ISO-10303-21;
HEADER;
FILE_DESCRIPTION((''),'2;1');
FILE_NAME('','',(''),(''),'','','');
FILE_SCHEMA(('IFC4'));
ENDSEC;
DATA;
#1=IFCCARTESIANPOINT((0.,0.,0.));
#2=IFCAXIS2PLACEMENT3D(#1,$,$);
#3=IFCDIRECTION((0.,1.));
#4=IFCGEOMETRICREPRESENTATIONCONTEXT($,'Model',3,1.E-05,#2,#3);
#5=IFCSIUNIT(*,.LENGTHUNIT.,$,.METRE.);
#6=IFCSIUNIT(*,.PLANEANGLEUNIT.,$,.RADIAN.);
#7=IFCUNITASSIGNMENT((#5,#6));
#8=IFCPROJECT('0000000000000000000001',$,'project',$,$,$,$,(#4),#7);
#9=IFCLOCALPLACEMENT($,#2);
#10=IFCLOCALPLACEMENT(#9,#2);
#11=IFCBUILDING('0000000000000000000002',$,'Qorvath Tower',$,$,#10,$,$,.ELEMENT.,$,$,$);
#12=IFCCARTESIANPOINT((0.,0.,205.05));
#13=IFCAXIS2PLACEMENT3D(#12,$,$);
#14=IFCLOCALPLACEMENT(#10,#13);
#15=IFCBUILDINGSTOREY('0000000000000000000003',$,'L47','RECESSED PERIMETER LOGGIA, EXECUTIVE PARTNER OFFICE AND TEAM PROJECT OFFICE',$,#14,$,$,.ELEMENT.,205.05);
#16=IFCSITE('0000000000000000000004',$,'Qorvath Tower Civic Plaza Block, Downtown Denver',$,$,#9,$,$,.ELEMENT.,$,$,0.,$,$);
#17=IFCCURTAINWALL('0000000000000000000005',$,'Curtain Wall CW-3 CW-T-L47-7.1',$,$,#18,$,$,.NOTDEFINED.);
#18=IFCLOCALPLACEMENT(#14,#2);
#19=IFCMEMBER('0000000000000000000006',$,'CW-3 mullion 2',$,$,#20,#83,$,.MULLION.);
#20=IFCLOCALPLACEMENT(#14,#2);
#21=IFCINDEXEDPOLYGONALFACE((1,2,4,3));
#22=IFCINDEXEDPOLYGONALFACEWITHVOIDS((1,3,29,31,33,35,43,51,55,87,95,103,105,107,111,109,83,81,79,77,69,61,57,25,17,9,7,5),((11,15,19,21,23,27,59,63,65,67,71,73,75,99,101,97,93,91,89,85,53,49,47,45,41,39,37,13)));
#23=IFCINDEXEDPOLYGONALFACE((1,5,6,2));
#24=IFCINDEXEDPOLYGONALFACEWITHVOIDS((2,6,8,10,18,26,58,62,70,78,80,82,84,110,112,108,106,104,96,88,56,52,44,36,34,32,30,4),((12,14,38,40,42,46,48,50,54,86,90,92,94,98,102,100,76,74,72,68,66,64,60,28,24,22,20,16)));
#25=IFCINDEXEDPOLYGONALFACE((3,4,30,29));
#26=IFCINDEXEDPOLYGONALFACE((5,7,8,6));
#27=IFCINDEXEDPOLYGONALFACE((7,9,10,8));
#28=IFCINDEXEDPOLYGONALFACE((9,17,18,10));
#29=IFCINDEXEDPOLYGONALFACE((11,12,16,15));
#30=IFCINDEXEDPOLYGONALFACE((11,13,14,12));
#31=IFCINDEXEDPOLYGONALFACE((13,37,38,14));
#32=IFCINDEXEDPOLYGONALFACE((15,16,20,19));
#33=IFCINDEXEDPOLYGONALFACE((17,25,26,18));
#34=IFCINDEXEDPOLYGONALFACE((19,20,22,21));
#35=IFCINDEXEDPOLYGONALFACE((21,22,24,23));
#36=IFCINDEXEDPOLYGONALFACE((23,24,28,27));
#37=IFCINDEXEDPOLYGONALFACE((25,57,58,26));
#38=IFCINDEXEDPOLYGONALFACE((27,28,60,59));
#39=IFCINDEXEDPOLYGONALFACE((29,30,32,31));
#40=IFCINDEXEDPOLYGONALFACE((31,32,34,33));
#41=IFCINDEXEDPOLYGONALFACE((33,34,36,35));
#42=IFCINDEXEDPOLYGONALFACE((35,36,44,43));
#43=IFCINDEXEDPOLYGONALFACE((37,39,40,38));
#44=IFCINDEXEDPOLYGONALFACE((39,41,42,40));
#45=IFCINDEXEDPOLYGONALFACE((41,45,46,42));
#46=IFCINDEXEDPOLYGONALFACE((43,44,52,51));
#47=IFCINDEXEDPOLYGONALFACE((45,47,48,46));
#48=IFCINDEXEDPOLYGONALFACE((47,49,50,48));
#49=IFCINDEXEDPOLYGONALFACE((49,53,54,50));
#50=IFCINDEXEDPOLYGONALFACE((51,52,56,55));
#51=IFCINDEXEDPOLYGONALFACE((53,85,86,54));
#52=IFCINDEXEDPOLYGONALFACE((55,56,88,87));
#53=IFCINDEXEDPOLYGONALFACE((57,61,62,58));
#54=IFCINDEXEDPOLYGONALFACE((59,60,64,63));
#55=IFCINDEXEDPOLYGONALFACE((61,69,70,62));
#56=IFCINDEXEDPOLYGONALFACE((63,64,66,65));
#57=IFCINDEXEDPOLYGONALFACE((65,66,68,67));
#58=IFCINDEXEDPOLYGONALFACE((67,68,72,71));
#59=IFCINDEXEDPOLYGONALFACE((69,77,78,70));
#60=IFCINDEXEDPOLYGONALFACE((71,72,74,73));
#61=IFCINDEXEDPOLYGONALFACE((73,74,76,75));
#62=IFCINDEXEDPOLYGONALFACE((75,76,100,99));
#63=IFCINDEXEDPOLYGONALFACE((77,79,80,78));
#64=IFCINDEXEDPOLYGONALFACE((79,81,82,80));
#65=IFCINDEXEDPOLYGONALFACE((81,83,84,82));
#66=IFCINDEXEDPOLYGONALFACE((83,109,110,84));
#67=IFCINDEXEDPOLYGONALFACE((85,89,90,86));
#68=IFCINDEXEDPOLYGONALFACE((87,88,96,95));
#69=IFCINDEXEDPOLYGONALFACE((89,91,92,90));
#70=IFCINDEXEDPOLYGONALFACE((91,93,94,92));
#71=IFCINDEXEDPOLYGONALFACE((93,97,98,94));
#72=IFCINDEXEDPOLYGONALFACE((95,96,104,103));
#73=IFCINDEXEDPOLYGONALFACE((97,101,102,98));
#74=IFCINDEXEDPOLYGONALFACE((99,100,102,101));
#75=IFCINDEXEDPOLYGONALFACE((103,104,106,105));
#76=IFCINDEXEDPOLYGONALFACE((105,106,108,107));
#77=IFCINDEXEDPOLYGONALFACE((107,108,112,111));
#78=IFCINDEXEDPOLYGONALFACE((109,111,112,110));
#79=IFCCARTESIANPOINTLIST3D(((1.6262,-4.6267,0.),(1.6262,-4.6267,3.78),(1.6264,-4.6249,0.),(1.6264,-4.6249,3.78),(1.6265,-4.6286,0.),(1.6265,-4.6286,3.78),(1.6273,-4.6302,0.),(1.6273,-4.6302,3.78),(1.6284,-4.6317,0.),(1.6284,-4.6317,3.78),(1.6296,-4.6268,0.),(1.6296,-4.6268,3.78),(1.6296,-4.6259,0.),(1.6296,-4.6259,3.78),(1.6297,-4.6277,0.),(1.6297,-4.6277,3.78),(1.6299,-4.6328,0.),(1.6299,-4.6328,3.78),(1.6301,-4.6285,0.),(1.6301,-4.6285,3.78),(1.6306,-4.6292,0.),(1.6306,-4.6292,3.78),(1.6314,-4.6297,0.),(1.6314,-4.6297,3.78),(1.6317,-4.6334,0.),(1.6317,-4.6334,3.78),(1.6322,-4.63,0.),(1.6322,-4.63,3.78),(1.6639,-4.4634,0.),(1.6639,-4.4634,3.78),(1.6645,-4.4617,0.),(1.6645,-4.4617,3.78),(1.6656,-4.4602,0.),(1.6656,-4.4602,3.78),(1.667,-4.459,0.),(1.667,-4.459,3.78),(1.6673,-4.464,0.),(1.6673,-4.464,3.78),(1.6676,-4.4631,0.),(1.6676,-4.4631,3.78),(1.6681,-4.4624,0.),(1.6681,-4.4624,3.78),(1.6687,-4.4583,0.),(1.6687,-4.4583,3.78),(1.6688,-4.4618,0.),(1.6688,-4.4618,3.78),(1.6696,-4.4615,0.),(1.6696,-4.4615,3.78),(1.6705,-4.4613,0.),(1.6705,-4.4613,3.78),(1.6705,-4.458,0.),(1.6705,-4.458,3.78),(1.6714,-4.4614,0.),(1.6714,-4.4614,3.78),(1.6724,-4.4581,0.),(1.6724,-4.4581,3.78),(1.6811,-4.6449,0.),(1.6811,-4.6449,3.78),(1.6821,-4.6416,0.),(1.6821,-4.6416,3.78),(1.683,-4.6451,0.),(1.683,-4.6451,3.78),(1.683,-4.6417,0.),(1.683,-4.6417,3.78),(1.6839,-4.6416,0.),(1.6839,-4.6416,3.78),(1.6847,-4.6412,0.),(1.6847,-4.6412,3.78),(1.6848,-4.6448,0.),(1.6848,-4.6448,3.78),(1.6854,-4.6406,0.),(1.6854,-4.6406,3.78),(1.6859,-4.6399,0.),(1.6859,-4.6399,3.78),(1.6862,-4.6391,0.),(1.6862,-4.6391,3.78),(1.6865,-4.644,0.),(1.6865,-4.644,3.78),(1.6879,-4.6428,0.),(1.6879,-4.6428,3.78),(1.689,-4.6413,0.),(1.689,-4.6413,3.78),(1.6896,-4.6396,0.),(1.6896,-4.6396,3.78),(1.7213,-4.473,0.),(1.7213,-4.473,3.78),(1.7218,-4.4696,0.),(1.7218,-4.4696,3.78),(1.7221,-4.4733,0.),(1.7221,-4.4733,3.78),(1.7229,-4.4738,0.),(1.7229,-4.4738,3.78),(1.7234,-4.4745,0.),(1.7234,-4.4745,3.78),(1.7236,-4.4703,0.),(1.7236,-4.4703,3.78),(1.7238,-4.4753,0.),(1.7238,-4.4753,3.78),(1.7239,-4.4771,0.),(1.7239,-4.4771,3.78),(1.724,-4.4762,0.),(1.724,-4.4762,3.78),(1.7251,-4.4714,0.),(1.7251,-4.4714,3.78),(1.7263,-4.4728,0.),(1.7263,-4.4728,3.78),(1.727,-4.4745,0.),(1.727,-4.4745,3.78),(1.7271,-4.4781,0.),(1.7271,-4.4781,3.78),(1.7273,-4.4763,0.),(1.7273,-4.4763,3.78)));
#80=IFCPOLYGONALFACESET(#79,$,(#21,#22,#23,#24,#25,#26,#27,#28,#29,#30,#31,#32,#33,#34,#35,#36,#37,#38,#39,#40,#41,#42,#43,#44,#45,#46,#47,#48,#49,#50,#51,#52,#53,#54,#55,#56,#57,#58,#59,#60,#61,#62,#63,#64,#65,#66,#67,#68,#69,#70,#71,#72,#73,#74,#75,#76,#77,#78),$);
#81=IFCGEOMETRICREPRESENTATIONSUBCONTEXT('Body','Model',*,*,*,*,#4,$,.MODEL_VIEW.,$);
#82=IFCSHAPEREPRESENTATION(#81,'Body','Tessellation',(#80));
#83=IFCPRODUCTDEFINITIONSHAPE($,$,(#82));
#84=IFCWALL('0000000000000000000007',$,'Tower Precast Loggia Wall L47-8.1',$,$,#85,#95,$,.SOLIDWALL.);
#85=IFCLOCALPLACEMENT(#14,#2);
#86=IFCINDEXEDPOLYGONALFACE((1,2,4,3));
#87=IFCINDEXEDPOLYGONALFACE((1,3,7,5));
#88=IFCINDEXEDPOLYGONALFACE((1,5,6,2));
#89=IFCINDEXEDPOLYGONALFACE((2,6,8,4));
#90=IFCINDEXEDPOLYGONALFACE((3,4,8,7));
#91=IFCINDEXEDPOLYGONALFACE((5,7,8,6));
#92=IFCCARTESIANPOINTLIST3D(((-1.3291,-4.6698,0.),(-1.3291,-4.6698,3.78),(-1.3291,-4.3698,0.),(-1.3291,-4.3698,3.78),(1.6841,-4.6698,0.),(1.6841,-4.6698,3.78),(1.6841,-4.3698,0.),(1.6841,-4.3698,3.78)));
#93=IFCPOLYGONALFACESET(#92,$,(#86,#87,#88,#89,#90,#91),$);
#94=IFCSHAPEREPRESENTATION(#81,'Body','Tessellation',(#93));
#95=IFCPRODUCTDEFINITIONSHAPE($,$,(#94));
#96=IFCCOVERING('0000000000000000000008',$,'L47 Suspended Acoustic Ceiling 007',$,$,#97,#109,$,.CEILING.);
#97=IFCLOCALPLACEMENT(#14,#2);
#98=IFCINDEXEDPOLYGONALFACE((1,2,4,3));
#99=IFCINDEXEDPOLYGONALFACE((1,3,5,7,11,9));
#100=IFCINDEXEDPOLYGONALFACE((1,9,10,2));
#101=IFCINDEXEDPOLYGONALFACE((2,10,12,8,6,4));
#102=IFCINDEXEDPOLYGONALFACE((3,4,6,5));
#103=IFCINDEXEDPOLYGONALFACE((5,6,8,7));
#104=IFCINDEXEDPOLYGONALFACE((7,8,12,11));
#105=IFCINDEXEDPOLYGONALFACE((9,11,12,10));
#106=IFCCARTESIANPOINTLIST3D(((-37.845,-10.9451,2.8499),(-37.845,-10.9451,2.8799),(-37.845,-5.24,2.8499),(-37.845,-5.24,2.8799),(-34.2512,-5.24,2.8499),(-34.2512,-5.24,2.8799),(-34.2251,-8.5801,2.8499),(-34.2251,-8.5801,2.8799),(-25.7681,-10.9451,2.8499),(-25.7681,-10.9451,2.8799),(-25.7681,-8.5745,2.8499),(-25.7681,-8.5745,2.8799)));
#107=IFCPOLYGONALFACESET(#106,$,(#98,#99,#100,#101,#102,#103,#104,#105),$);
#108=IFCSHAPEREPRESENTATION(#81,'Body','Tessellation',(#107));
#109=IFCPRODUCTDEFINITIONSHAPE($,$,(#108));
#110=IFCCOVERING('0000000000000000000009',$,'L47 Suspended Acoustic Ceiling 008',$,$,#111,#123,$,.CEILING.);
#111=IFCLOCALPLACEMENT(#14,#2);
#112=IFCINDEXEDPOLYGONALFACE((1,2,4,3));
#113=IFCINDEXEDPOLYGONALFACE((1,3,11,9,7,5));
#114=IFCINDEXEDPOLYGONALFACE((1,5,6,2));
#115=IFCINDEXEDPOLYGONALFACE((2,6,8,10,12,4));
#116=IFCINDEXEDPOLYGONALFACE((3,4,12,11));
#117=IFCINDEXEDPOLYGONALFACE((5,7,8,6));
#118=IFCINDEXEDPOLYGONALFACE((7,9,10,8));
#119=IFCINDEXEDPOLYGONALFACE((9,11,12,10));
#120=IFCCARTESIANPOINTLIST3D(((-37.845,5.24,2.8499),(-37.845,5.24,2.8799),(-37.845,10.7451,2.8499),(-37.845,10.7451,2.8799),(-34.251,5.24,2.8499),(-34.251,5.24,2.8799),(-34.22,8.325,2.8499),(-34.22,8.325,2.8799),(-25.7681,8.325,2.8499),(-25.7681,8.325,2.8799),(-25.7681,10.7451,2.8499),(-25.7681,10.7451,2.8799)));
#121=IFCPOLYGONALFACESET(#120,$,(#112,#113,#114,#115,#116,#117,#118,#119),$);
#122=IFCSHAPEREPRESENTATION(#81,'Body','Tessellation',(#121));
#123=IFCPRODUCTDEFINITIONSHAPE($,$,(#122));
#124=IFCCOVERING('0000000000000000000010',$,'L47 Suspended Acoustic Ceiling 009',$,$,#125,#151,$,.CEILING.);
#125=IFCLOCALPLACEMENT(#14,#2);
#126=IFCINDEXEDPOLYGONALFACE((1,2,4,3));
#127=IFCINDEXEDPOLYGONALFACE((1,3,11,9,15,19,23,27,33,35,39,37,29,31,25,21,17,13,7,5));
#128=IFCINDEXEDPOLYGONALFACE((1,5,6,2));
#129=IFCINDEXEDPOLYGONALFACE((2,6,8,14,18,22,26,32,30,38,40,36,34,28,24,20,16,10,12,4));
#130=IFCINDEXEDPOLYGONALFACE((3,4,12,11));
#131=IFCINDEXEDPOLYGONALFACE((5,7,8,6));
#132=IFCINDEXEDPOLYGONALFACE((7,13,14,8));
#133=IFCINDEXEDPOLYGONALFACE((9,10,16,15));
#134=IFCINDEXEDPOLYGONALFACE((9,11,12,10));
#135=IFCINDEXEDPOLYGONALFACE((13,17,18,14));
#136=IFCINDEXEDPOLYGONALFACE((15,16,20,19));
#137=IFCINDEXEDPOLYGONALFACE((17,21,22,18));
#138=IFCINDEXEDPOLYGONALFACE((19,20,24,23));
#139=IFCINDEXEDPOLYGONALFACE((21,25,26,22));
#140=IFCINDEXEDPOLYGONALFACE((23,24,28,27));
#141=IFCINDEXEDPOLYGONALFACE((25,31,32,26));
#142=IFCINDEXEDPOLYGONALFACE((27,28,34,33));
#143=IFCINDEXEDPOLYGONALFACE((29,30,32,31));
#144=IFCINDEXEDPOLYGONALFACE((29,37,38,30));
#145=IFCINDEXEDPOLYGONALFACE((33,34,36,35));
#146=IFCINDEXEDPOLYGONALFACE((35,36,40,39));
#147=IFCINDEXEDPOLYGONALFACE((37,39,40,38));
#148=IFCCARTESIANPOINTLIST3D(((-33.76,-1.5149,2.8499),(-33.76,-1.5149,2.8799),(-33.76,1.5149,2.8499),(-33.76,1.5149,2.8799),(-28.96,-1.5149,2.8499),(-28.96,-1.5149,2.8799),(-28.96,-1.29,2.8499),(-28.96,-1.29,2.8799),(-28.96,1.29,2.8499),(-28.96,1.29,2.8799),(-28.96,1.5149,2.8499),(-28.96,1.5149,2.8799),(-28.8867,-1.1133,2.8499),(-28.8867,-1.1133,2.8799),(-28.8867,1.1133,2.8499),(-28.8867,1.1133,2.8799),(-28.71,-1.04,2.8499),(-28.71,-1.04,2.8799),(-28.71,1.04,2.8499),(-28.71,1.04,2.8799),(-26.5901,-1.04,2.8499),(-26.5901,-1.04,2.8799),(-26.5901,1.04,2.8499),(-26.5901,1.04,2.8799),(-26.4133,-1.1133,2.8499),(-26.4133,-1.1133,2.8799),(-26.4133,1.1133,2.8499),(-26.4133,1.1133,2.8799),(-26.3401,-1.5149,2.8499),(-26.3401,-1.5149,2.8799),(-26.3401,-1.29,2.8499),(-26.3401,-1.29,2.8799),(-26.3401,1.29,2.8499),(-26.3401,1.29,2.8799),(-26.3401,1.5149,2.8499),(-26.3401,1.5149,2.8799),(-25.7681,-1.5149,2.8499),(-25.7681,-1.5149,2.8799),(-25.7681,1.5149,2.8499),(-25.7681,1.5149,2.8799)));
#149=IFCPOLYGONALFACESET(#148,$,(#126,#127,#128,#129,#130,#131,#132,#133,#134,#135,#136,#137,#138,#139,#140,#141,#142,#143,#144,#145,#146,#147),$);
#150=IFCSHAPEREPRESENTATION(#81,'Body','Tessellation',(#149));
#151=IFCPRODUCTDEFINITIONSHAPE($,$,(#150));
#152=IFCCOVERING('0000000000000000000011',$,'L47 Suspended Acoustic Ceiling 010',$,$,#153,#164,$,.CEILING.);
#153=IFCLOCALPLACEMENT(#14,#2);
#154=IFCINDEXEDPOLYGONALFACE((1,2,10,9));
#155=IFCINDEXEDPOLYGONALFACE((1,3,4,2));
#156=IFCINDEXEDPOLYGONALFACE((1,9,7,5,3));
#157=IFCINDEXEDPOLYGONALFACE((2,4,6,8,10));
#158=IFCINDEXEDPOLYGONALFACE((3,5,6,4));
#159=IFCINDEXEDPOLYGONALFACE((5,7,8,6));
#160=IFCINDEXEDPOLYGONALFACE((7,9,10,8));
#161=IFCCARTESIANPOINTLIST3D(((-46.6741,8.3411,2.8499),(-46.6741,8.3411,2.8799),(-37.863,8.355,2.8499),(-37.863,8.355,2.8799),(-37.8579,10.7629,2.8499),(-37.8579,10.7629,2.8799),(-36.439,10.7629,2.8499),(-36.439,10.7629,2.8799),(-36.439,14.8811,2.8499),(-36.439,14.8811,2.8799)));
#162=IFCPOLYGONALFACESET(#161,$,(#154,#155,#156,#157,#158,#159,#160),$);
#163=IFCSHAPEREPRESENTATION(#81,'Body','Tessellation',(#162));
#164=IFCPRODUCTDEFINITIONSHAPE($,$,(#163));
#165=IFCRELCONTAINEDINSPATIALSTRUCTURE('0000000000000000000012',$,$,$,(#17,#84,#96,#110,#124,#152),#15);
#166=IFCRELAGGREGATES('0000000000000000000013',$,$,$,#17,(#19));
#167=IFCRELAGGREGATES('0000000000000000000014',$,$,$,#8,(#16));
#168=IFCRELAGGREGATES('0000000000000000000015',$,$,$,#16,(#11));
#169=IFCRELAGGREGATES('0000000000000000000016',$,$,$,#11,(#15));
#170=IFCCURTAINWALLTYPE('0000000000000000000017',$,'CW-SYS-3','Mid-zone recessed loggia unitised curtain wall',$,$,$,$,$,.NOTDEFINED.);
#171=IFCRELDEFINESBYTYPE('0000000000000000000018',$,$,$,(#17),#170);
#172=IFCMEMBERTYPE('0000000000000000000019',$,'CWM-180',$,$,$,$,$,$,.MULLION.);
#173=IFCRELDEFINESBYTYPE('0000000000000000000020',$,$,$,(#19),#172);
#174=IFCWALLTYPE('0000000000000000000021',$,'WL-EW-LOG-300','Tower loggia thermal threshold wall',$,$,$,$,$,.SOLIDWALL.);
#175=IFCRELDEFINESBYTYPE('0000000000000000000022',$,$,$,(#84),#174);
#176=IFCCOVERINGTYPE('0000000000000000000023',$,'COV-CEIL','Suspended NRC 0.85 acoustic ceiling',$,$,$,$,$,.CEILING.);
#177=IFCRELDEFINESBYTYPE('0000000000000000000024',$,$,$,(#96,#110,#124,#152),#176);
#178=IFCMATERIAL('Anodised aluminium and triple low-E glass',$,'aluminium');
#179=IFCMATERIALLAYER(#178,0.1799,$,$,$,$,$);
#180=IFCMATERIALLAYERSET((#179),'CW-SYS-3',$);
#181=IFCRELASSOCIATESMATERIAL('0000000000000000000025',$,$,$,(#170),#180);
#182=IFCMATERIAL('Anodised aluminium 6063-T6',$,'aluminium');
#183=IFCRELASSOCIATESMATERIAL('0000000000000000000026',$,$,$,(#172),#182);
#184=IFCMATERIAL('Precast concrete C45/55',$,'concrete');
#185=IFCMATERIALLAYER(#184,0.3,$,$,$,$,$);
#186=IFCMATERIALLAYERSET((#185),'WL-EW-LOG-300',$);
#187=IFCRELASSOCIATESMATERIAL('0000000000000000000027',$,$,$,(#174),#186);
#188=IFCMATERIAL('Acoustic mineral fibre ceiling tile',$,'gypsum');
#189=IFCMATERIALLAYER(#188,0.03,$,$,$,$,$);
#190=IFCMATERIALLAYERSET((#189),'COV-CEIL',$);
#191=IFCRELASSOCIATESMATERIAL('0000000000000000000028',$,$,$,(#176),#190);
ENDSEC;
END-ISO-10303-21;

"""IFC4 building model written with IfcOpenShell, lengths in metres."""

from ifc_helpers import new_model, si_unit, direction, frame, frame_2d, origin, origin_2d, place, context, subcontext, project, spatial, polyline, rectangle, hollow_rectangle, outline, extrude, material, layer, layer_set, material_profile, profile_set, type_object, element, aggregate, save


model = new_model("IFC4")

# Units and contexts
model_context = context("Model", 3, precision=1e-05, world=origin(), true_north=direction((0.0, 1.0)))
body_context = subcontext(model_context, "Body", "Model", "MODEL_VIEW")
ifc_project = project(units=[si_unit("LENGTHUNIT", "METRE"), si_unit("PLANEANGLEUNIT", "RADIAN")], contexts=[model_context])

# Site, building, storey
site_placement = place(None, origin())
site = spatial("IfcSite", under=ifc_project, at=site_placement, Name="Qorvath Tower Civic Plaza Block, Downtown Denver", CompositionType="ELEMENT", RefElevation=0.0)
building_placement = place(site_placement, origin())
building = spatial("IfcBuilding", under=site, at=building_placement, Name="Qorvath Tower", CompositionType="ELEMENT")
storey_placement = place(building_placement, frame((0.0, 0.0, 205.05)))
storey = spatial("IfcBuildingStorey", under=building, at=storey_placement, Name="L47", Description="RECESSED PERIMETER LOGGIA, EXECUTIVE PARTNER OFFICE AND TEAM PROJECT OFFICE", CompositionType="ELEMENT", Elevation=205.05)

# Curtain wall, member
ifc_material_1 = material(Name="Anodised aluminium and triple low-E glass", Category="aluminium")
ifc_layer_1 = layer(ifc_material_1, 0.1799)
ifc_layer_set_1 = layer_set([ifc_layer_1], Name="CW-SYS-3")
curtain_wall_type = type_object("IfcCurtainWallType", Name="CW-SYS-3", Description="Mid-zone recessed loggia unitised curtain wall", PredefinedType="NOTDEFINED", material=ifc_layer_set_1)
curtain_wall_placement = place(storey_placement, origin())
curtain_wall = element("IfcCurtainWall", 1, at=curtain_wall_placement, inside=storey, type_object=curtain_wall_type, Name="Curtain Wall CW-3 CW-T-L47-7.1", PredefinedType="NOTDEFINED")
ifc_material_2 = material(Name="Anodised aluminium 6063-T6", Category="aluminium")
ifc_material_profile = material_profile(ifc_material_2, hollow_rectangle(XDim=0.0649, YDim=0.1799, WallThickness=0.0034, InnerFilletRadius=0.0034, OuterFilletRadius=0.0071, at=origin_2d()), Name="CWM 180x65")
ifc_profile_set = profile_set([ifc_material_profile], Name="Anodised aluminium 6063-T6")
member_type = type_object("IfcMemberType", Name="CWM-180", PredefinedType="MULLION", material=ifc_profile_set)
member_placement = place(storey_placement, frame((1.6768, -4.5515, 0.0), z_axis=(0.0, 0.0, 1.0), x_axis=(-0.974064, 0.226272, 0.0)))
member = element("IfcMember", 2, at=member_placement, type_object=member_type, Name="CW-3 mullion 2", PredefinedType="MULLION", context=body_context, shape_type="SweptSolid", body=[
    extrude(hollow_rectangle(XDim=0.0649, YDim=0.1799, WallThickness=0.0034, InnerFilletRadius=0.0034, OuterFilletRadius=0.0071, at=origin_2d()), origin(), (0.0, 0.0, 1.0), 3.78),
])
aggregate(curtain_wall, [member])

# Wall
ifc_material_3 = material(Name="Precast concrete C45/55", Category="concrete")
ifc_layer_2 = layer(ifc_material_3, 0.3)
ifc_layer_set_2 = layer_set([ifc_layer_2], Name="WL-EW-LOG-300")
wall_type = type_object("IfcWallType", Name="WL-EW-LOG-300", Description="Tower loggia thermal threshold wall", PredefinedType="SOLIDWALL", material=ifc_layer_set_2)
wall_placement = place(storey_placement, frame((1.6841, -4.5198, 0.0), z_axis=(0.0, 0.0, 1.0), x_axis=(-1.0, 0.0, 0.0)))
element("IfcWall", 3, at=wall_placement, inside=storey, type_object=wall_type, Name="Tower Precast Loggia Wall L47-8.1", PredefinedType="SOLIDWALL", context=body_context, shape_type="SweptSolid", body=[
    extrude(rectangle(XDim=3.0132, YDim=0.3, at=frame_2d((1.5066, 0.0))), origin(), (0.0, 0.0, 1.0), 3.78),
])

# Coverings
ifc_material_4 = material(Name="Acoustic mineral fibre ceiling tile", Category="gypsum")
ifc_layer_3 = layer(ifc_material_4, 0.03)
ifc_layer_set_3 = layer_set([ifc_layer_3], Name="COV-CEIL")
covering_type_1 = type_object("IfcCoveringType", Name="COV-CEIL", Description="Suspended NRC 0.85 acoustic ceiling", PredefinedType="CEILING", material=ifc_layer_set_3)
covering_1_placement = place(storey_placement, frame((0.0, 0.0, 2.8499)))
element("IfcCovering", 4, at=covering_1_placement, inside=storey, type_object=covering_type_1, Name="L47 Suspended Acoustic Ceiling 007", PredefinedType="CEILING", context=body_context, shape_type="SweptSolid", body=[
    extrude(outline(polyline([(-34.2251, -8.5801), (-34.2512, -5.24), (-37.845, -5.24), (-37.845, -10.9451), (-25.7681, -10.9451), (-25.7681, -8.5745), (-34.2251, -8.5801)])), origin(), (0.0, 0.0, 1.0), 0.03),
])
covering_2_placement = place(storey_placement, frame((0.0, 0.0, 2.8499)))
element("IfcCovering", 5, at=covering_2_placement, inside=storey, type_object=covering_type_1, Name="L47 Suspended Acoustic Ceiling 008", PredefinedType="CEILING", context=body_context, shape_type="SweptSolid", body=[
    extrude(outline(polyline([(-25.7681, 8.325), (-25.7681, 10.7451), (-37.845, 10.7451), (-37.845, 5.24), (-34.251, 5.24), (-34.22, 8.325), (-25.7681, 8.325)])), origin(), (0.0, 0.0, 1.0), 0.03),
])
covering_3_placement = place(storey_placement, frame((0.0, 0.0, 2.8499)))
element("IfcCovering", 6, at=covering_3_placement, inside=storey, type_object=covering_type_1, Name="L47 Suspended Acoustic Ceiling 009", PredefinedType="CEILING", context=body_context, shape_type="SweptSolid", body=[
    extrude(outline(polyline([(-25.7681, -1.5149), (-25.7681, 1.5149), (-26.3401, 1.5149), (-26.3401, 1.29), (-26.4133, 1.1133), (-26.5901, 1.04), (-28.71, 1.04), (-28.8867, 1.1133), (-28.96, 1.29), (-28.96, 1.5149), (-33.76, 1.5149), (-33.76, -1.5149), (-28.96, -1.5149), (-28.96, -1.29), (-28.8867, -1.1133), (-28.71, -1.04), (-26.5901, -1.04), (-26.4133, -1.1133), (-26.3401, -1.29), (-26.3401, -1.5149), (-25.7681, -1.5149)])), origin(), (0.0, 0.0, 1.0), 0.03),
])
covering_4_placement = place(storey_placement, frame((0.0, 0.0, 2.8499)))
element("IfcCovering", 7, at=covering_4_placement, inside=storey, type_object=covering_type_1, Name="L47 Suspended Acoustic Ceiling 010", PredefinedType="CEILING", context=body_context, shape_type="SweptSolid", body=[
    extrude(outline(polyline([(-36.439, 10.7629), (-36.439, 14.8811), (-46.6741, 8.3411), (-37.863, 8.355), (-37.8579, 10.7629), (-36.439, 10.7629)])), origin(), (0.0, 0.0, 1.0), 0.03),
])

save(model, "model.ifc")
